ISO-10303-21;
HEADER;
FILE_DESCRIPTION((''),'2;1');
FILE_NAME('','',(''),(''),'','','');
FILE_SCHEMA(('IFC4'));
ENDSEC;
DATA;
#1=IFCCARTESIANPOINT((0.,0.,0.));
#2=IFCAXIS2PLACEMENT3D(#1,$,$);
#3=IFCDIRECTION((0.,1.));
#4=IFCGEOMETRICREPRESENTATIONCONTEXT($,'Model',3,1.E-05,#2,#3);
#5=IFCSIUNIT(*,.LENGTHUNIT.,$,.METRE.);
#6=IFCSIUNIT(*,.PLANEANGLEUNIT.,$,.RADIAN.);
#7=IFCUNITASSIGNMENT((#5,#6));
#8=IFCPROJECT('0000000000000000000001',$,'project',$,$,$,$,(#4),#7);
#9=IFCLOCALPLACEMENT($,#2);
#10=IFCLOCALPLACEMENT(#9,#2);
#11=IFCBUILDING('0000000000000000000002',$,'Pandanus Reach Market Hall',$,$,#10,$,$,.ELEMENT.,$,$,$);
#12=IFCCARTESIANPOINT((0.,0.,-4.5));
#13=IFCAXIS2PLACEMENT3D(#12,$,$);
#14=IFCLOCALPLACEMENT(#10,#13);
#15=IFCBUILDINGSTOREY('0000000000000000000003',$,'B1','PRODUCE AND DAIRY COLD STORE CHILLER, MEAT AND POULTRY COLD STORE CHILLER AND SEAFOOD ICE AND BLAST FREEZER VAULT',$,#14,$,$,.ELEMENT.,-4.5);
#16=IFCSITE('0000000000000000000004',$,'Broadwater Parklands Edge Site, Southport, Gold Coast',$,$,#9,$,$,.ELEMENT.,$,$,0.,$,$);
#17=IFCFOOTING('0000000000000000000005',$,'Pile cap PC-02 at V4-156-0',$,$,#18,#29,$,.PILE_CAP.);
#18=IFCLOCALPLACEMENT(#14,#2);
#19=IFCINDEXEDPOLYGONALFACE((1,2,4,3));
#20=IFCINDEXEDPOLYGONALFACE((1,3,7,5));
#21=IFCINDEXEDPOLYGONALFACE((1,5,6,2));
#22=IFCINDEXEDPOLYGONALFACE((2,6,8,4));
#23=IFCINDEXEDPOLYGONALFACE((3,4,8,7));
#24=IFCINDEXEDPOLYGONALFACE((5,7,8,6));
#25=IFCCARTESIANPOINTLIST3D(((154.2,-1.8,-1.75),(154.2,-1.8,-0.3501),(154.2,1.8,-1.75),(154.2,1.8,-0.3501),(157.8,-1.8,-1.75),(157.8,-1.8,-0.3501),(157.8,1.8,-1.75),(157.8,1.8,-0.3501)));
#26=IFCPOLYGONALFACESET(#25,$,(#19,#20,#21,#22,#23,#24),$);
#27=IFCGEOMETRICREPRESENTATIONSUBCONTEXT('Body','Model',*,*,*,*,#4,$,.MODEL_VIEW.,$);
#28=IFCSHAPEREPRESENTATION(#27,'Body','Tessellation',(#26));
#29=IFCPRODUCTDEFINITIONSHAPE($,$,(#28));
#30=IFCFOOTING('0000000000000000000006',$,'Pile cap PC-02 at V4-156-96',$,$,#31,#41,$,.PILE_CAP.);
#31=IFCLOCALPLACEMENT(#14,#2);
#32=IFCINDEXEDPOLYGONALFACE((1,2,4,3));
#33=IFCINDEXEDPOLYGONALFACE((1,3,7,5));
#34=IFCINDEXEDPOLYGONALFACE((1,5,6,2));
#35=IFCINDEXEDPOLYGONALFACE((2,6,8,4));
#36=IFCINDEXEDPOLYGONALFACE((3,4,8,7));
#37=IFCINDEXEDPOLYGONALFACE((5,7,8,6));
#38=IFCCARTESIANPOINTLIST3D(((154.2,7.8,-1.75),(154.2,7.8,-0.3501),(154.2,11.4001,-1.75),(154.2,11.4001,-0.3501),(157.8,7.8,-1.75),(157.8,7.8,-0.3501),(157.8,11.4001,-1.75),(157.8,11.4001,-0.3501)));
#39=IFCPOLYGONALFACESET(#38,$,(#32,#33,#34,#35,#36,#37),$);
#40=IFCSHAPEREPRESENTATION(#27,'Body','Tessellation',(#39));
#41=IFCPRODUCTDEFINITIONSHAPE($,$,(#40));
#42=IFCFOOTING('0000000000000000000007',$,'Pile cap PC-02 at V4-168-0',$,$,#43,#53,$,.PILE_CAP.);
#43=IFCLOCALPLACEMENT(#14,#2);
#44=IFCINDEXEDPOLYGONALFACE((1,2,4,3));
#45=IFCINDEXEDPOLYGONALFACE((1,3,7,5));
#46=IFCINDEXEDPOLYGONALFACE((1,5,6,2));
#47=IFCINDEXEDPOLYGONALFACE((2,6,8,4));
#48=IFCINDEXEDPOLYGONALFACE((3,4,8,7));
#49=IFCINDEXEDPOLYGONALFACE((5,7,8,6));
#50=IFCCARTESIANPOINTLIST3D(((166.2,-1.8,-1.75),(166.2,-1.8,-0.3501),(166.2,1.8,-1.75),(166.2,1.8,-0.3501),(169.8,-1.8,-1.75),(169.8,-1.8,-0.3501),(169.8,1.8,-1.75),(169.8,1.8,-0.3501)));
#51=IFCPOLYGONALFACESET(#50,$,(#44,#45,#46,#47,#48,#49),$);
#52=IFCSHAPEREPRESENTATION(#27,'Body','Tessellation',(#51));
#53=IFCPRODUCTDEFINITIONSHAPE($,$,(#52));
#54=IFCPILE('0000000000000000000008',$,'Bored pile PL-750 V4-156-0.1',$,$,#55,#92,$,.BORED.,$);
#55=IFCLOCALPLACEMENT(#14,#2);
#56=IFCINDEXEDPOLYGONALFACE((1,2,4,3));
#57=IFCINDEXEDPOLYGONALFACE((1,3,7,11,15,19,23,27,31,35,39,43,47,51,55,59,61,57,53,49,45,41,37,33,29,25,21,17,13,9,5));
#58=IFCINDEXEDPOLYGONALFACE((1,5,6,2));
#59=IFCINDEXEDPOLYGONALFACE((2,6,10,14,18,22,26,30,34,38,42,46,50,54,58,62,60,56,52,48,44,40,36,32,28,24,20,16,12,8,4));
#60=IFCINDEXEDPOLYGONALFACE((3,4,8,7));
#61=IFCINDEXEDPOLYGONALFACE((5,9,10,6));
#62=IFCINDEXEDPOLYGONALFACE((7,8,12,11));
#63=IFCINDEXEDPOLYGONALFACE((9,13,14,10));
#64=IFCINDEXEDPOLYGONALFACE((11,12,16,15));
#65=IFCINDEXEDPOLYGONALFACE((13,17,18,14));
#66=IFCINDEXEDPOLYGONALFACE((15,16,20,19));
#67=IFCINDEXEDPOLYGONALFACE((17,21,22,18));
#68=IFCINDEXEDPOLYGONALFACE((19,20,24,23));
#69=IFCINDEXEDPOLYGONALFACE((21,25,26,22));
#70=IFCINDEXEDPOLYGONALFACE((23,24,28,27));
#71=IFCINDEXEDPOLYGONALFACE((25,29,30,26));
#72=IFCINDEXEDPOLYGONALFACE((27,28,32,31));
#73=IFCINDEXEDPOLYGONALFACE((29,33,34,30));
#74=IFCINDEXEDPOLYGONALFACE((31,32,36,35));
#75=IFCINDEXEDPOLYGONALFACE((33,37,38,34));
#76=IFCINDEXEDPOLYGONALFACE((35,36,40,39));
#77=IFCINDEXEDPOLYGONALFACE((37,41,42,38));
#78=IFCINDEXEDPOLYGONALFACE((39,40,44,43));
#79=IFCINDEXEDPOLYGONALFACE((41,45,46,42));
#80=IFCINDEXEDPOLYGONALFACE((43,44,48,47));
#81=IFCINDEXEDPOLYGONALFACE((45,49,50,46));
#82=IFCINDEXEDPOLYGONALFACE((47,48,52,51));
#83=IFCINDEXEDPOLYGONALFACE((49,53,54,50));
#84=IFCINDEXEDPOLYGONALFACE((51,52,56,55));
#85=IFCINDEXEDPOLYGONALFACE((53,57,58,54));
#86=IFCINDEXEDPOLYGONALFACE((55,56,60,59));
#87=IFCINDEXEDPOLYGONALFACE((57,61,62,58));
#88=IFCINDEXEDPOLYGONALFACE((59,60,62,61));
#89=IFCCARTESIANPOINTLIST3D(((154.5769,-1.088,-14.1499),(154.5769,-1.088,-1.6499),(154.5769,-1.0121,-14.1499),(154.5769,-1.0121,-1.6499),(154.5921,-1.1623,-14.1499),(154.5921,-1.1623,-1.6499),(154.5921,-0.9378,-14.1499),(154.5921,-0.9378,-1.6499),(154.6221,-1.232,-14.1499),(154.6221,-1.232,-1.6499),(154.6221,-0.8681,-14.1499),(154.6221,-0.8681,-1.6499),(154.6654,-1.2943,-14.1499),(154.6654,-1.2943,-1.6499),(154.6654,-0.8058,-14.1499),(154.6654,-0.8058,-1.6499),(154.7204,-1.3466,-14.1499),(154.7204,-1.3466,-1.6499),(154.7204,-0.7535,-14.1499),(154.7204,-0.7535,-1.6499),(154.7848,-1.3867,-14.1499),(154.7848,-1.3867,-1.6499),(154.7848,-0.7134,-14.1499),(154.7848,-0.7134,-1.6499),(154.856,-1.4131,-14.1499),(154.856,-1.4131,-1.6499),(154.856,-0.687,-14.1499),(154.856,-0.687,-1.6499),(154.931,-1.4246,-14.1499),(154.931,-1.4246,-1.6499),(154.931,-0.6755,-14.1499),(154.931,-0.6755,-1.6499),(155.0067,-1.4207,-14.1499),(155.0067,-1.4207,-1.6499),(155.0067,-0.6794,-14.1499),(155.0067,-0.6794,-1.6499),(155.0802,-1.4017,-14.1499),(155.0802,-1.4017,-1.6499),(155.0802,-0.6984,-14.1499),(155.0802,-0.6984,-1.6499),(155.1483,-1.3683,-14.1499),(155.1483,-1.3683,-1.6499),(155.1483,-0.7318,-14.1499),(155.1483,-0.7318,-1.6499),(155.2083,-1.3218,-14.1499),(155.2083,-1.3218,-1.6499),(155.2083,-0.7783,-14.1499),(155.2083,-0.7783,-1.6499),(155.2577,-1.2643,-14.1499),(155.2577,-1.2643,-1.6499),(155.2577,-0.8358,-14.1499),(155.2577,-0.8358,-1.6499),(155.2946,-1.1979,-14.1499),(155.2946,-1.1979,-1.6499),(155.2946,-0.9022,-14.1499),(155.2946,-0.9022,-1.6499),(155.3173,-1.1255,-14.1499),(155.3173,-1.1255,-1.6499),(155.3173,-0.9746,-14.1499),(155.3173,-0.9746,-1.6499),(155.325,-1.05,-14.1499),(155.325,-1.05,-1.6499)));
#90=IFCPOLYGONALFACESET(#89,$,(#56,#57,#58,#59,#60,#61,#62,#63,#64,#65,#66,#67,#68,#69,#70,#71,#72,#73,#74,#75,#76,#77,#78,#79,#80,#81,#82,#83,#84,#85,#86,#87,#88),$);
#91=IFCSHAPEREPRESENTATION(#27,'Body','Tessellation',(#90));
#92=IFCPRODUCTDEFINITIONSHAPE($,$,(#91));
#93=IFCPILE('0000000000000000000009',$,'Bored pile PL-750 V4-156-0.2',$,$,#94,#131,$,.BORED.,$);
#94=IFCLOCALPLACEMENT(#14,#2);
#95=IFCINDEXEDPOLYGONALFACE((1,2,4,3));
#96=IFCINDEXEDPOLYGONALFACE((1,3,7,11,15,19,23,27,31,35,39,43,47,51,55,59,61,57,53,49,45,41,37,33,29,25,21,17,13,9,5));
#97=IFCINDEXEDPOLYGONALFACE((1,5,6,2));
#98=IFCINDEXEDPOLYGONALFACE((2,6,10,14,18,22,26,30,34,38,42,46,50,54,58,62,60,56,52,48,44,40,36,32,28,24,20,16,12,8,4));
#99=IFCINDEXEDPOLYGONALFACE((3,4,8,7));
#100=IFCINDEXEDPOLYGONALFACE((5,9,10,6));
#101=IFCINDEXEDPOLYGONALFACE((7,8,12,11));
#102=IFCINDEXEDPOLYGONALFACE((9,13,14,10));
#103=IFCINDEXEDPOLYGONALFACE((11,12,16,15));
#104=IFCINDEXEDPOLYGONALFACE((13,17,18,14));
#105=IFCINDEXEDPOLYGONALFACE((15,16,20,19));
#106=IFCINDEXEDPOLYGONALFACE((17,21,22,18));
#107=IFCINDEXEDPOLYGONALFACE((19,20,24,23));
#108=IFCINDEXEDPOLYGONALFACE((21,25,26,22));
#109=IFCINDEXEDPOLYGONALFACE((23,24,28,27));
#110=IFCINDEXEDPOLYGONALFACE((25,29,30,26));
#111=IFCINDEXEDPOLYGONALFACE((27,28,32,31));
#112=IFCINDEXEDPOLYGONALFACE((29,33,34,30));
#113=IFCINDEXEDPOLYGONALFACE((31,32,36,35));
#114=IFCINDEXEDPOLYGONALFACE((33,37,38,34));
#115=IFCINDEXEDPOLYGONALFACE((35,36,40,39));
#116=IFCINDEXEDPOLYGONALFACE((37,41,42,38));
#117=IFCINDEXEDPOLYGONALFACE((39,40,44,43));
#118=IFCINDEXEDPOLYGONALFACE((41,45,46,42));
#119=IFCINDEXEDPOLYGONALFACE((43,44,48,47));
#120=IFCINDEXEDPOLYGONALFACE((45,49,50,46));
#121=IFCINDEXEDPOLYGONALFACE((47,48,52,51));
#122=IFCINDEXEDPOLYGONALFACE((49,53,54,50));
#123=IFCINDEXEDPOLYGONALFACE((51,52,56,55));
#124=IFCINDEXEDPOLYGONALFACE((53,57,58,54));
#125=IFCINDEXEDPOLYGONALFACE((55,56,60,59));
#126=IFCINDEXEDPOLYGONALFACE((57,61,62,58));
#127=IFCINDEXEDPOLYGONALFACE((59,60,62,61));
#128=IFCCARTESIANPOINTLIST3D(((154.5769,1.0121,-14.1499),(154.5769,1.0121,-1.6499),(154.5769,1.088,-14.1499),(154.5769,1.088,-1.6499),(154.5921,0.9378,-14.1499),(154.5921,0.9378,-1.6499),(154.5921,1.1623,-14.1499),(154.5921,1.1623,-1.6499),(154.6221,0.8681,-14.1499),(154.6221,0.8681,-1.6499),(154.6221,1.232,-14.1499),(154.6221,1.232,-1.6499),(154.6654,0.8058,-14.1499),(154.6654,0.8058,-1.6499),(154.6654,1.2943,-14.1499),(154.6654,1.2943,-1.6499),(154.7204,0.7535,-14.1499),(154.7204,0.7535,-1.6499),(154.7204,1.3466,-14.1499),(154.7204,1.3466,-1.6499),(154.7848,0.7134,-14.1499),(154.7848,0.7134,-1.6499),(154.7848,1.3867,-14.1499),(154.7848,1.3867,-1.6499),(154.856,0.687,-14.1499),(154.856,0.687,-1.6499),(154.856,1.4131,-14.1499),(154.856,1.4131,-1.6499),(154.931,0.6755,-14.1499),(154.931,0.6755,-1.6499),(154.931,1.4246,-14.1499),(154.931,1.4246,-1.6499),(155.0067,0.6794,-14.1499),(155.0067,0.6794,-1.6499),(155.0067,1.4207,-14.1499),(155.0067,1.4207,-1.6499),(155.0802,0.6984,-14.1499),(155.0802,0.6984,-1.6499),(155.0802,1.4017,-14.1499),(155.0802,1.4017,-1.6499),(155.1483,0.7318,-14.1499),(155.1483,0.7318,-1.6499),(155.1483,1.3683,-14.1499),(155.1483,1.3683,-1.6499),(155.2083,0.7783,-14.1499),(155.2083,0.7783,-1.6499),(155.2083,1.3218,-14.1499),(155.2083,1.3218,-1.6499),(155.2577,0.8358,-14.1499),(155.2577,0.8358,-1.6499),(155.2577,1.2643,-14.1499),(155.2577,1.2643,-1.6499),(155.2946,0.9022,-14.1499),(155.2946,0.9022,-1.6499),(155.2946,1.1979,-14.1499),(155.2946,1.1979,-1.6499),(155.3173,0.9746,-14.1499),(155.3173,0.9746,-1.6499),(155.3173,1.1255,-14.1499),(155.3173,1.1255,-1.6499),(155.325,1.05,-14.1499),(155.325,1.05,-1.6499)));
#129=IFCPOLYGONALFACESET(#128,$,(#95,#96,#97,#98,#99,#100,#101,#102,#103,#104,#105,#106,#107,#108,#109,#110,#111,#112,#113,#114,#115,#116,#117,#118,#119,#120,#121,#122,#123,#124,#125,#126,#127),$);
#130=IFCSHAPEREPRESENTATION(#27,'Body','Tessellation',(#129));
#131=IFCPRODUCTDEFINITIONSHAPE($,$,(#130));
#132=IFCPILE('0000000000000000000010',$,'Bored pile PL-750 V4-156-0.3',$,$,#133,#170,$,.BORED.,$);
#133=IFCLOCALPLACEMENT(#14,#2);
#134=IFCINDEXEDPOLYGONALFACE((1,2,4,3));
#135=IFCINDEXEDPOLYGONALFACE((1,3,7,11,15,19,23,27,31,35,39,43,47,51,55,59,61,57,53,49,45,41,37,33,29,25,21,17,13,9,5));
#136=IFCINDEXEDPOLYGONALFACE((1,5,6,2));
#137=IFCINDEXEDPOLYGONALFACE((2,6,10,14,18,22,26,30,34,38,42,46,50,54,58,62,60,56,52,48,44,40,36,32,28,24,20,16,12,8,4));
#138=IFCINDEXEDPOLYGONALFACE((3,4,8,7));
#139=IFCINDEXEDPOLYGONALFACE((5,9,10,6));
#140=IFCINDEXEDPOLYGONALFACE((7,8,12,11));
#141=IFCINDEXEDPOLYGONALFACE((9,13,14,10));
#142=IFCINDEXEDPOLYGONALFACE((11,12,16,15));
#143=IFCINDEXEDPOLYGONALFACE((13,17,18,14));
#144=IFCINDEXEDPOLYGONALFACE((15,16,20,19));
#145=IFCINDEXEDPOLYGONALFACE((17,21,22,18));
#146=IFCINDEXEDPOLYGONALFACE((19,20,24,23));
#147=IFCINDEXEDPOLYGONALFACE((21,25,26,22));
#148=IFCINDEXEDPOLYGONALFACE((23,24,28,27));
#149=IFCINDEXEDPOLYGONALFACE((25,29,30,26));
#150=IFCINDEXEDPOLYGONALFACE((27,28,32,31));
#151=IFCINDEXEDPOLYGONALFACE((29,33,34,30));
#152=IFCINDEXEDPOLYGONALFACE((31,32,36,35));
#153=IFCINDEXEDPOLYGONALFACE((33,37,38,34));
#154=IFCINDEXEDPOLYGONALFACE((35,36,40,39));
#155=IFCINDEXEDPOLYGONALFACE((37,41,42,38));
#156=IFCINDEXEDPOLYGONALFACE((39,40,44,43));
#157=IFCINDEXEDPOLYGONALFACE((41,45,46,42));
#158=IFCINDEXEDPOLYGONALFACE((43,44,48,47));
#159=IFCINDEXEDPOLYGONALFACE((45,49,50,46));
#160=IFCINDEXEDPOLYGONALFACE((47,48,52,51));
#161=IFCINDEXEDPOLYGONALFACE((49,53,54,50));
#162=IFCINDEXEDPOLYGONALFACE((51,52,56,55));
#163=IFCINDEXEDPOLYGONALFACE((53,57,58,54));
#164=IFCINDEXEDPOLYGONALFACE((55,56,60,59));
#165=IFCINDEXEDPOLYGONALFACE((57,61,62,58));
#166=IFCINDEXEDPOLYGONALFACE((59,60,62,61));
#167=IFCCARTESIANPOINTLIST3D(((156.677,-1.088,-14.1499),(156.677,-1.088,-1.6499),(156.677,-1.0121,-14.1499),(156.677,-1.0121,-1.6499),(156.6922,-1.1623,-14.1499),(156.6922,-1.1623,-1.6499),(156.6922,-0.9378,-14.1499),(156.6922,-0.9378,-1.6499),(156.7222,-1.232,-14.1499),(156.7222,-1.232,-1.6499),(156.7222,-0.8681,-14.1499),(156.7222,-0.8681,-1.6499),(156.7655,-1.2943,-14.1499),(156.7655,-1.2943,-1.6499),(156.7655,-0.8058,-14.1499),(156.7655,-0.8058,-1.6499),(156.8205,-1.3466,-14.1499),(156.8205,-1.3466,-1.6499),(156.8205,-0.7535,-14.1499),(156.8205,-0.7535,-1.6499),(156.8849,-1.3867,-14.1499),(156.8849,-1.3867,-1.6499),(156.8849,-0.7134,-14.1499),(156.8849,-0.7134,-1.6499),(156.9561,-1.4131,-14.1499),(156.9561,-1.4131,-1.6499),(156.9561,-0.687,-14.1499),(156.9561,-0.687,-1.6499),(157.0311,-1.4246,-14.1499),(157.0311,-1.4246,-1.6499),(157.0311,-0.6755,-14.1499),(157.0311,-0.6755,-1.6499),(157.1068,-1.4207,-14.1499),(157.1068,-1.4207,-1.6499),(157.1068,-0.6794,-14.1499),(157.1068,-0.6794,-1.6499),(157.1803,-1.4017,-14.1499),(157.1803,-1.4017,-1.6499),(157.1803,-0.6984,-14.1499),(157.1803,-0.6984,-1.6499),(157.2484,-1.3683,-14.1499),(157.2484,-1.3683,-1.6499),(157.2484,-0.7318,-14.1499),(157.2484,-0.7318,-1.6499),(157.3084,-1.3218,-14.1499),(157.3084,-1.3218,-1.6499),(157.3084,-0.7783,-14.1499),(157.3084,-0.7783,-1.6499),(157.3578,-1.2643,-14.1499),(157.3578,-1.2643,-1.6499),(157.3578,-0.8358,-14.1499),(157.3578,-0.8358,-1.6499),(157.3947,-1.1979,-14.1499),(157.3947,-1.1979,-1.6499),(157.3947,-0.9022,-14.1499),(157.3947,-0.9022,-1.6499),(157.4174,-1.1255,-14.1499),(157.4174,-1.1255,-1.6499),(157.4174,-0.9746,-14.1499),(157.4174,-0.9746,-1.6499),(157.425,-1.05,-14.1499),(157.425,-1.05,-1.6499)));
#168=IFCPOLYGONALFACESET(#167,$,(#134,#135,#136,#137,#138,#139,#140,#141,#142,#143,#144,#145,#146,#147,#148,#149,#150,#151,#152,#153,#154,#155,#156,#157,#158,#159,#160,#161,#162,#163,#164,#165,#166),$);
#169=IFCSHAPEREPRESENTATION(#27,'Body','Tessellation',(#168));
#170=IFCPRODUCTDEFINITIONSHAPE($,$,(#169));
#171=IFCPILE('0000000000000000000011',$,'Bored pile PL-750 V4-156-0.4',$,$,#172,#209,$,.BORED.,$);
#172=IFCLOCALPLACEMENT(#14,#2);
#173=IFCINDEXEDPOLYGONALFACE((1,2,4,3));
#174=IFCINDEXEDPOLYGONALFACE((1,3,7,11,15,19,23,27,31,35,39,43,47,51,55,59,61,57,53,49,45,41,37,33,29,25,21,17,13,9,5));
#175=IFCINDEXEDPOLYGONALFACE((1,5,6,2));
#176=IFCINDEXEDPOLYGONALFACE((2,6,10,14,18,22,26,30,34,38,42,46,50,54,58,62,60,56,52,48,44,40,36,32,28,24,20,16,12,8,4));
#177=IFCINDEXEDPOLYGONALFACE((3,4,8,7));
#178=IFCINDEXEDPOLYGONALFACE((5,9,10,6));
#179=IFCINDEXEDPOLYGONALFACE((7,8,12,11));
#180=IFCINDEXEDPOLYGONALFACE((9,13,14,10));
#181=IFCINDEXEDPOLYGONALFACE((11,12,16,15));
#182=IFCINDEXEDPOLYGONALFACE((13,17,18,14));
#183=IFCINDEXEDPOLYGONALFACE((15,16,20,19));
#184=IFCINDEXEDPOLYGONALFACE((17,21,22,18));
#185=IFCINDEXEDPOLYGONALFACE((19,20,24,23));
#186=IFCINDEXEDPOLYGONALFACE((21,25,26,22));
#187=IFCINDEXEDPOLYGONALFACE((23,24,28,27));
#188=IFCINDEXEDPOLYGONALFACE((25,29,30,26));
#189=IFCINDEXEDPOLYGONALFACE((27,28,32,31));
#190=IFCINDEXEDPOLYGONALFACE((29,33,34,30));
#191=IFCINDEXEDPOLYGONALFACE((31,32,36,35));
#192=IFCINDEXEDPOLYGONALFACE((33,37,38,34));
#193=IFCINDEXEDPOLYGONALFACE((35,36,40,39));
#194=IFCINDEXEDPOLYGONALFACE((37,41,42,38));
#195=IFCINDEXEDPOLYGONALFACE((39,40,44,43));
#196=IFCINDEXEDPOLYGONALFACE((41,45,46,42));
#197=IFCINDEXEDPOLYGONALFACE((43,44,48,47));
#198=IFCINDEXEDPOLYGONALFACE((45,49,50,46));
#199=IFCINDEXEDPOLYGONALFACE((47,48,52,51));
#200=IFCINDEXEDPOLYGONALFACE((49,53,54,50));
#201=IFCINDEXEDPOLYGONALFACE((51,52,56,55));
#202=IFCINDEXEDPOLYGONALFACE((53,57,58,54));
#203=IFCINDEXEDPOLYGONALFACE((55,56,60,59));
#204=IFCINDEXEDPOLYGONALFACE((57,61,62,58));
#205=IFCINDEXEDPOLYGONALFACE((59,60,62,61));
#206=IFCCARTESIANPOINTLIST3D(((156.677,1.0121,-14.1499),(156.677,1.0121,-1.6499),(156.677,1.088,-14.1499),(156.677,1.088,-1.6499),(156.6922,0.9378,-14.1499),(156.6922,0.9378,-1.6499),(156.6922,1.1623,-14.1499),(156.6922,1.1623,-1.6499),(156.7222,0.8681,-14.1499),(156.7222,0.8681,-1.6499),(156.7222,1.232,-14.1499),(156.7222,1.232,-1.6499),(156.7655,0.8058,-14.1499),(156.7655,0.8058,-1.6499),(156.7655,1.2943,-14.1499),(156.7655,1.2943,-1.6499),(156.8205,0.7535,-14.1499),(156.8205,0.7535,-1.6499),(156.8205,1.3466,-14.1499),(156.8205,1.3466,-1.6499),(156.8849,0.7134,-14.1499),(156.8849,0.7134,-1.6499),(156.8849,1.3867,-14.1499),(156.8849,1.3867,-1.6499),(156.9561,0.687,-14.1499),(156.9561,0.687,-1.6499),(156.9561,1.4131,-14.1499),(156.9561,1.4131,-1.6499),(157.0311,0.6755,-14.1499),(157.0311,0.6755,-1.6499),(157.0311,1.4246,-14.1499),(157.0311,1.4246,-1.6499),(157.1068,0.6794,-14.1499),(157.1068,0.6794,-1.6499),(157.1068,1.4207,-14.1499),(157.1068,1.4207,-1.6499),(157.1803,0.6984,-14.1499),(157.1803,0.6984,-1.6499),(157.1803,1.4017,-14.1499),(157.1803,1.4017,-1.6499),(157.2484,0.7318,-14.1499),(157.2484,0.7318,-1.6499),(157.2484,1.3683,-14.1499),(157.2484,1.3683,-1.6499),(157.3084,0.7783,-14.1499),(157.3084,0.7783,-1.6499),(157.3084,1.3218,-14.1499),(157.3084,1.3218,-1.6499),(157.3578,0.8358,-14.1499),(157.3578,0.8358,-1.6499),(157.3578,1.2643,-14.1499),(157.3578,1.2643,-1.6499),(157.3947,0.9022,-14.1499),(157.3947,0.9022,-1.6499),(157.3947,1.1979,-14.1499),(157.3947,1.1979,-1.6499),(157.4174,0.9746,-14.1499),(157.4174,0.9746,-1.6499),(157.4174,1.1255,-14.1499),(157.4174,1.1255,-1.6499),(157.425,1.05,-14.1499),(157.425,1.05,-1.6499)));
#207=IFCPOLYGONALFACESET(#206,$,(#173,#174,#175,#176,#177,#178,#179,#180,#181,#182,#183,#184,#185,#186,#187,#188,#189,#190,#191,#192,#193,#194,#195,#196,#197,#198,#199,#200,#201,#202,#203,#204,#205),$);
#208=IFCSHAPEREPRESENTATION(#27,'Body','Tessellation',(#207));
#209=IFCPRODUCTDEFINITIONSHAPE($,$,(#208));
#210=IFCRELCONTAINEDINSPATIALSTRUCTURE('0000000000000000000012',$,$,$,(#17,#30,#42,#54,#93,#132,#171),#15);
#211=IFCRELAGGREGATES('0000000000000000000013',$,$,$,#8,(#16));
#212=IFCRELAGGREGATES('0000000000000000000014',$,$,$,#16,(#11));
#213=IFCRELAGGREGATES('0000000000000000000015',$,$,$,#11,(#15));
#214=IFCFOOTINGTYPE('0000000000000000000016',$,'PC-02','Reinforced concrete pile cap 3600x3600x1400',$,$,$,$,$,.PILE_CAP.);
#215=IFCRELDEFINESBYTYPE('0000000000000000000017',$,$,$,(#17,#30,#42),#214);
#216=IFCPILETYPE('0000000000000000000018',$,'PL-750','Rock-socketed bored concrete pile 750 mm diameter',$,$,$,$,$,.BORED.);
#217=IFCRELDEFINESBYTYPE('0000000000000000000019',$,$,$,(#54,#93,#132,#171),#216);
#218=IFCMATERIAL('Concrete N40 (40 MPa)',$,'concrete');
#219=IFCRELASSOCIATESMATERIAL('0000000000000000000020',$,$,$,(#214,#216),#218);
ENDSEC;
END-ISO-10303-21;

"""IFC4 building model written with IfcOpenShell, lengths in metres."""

from ifc_helpers import new_model, si_unit, direction, frame, origin, origin_2d, place, context, subcontext, project, spatial, rectangle, circle, extrude, material, material_profile, profile_set, type_object, element, save


model = new_model("IFC4")

# Units and contexts
model_context = context("Model", 3, precision=1e-05, world=origin(), true_north=direction((0.0, 1.0)))
body_context = subcontext(model_context, "Body", "Model", "MODEL_VIEW")
ifc_project = project(units=[si_unit("LENGTHUNIT", "METRE"), si_unit("PLANEANGLEUNIT", "RADIAN")], contexts=[model_context])

# Site, building, storey
site_placement = place(None, origin())
site = spatial("IfcSite", under=ifc_project, at=site_placement, Name="Broadwater Parklands Edge Site, Southport, Gold Coast", CompositionType="ELEMENT", RefElevation=0.0)
building_placement = place(site_placement, origin())
building = spatial("IfcBuilding", under=site, at=building_placement, Name="Pandanus Reach Market Hall", CompositionType="ELEMENT")
storey_placement = place(building_placement, frame((0.0, 0.0, -4.5)))
storey = spatial("IfcBuildingStorey", under=building, at=storey_placement, Name="B1", Description="PRODUCE AND DAIRY COLD STORE CHILLER, MEAT AND POULTRY COLD STORE CHILLER AND SEAFOOD ICE AND BLAST FREEZER VAULT", CompositionType="ELEMENT", Elevation=-4.5)

# Footings
ifc_material_1 = material(Name="Concrete N40 (40 MPa)", Category="concrete")
footing_type_1 = type_object("IfcFootingType", Name="PC-02", Description="Reinforced concrete pile cap 3600x3600x1400", PredefinedType="PILE_CAP", material=ifc_material_1)
for number, where, z_axis, x_axis, name in (
    (1, (156.0, 0.0, -1.75), (0.0, 0.0, 1.0), (1.0, 0.0, 0.0), "Pile cap PC-02 at V4-156-0"),
    (2, (156.0, 9.6001, -1.75), (0.0, 0.0, 1.0), (1.0, 0.0, 0.0), "Pile cap PC-02 at V4-156-96"),
    (3, (168.0, 0.0, -1.75), (0.0, 0.0, 1.0), (1.0, 0.0, 0.0), "Pile cap PC-02 at V4-168-0"),
):
    element("IfcFooting", number, at=place(storey_placement, frame(where, z_axis=z_axis, x_axis=x_axis)), inside=storey, type_object=footing_type_1, Name=name, PredefinedType="PILE_CAP", context=body_context, shape_type="SweptSolid", body=[
        extrude(rectangle(XDim=3.6001, YDim=3.6001, at=origin_2d()), origin(), (0.0, 0.0, 1.0), 1.3999),
    ])

# Piles
ifc_material_profile_1 = material_profile(ifc_material_1, circle(Radius=0.375, at=origin_2d()), Name="PILE-750D", Category="LoadBearing")
ifc_profile_set_1 = profile_set([ifc_material_profile_1], Name="Concrete N40 (40 MPa)")
pile_type = type_object("IfcPileType", Name="PL-750", Description="Rock-socketed bored concrete pile 750 mm diameter", PredefinedType="BORED", material=ifc_profile_set_1)
for number, where, z_axis, x_axis, name in (
    (4, (154.95, -1.05, -1.6499), (0.0, 0.0, -1.0), (1.0, 0.0, 0.0), "Bored pile PL-750 V4-156-0.1"),
    (5, (154.95, 1.05, -1.6499), (0.0, 0.0, -1.0), (1.0, 0.0, 0.0), "Bored pile PL-750 V4-156-0.2"),
    (6, (157.05, -1.05, -1.6499), (0.0, 0.0, -1.0), (1.0, 0.0, 0.0), "Bored pile PL-750 V4-156-0.3"),
    (7, (157.05, 1.05, -1.6499), (0.0, 0.0, -1.0), (1.0, 0.0, 0.0), "Bored pile PL-750 V4-156-0.4"),
):
    element("IfcPile", number, at=place(storey_placement, frame(where, z_axis=z_axis, x_axis=x_axis)), inside=storey, type_object=pile_type, Name=name, PredefinedType="BORED", context=body_context, shape_type="SweptSolid", body=[
        extrude(circle(Radius=0.375, at=origin_2d()), origin(), (0.0, 0.0, 1.0), 12.5),
    ])

save(model, "model.ifc")
